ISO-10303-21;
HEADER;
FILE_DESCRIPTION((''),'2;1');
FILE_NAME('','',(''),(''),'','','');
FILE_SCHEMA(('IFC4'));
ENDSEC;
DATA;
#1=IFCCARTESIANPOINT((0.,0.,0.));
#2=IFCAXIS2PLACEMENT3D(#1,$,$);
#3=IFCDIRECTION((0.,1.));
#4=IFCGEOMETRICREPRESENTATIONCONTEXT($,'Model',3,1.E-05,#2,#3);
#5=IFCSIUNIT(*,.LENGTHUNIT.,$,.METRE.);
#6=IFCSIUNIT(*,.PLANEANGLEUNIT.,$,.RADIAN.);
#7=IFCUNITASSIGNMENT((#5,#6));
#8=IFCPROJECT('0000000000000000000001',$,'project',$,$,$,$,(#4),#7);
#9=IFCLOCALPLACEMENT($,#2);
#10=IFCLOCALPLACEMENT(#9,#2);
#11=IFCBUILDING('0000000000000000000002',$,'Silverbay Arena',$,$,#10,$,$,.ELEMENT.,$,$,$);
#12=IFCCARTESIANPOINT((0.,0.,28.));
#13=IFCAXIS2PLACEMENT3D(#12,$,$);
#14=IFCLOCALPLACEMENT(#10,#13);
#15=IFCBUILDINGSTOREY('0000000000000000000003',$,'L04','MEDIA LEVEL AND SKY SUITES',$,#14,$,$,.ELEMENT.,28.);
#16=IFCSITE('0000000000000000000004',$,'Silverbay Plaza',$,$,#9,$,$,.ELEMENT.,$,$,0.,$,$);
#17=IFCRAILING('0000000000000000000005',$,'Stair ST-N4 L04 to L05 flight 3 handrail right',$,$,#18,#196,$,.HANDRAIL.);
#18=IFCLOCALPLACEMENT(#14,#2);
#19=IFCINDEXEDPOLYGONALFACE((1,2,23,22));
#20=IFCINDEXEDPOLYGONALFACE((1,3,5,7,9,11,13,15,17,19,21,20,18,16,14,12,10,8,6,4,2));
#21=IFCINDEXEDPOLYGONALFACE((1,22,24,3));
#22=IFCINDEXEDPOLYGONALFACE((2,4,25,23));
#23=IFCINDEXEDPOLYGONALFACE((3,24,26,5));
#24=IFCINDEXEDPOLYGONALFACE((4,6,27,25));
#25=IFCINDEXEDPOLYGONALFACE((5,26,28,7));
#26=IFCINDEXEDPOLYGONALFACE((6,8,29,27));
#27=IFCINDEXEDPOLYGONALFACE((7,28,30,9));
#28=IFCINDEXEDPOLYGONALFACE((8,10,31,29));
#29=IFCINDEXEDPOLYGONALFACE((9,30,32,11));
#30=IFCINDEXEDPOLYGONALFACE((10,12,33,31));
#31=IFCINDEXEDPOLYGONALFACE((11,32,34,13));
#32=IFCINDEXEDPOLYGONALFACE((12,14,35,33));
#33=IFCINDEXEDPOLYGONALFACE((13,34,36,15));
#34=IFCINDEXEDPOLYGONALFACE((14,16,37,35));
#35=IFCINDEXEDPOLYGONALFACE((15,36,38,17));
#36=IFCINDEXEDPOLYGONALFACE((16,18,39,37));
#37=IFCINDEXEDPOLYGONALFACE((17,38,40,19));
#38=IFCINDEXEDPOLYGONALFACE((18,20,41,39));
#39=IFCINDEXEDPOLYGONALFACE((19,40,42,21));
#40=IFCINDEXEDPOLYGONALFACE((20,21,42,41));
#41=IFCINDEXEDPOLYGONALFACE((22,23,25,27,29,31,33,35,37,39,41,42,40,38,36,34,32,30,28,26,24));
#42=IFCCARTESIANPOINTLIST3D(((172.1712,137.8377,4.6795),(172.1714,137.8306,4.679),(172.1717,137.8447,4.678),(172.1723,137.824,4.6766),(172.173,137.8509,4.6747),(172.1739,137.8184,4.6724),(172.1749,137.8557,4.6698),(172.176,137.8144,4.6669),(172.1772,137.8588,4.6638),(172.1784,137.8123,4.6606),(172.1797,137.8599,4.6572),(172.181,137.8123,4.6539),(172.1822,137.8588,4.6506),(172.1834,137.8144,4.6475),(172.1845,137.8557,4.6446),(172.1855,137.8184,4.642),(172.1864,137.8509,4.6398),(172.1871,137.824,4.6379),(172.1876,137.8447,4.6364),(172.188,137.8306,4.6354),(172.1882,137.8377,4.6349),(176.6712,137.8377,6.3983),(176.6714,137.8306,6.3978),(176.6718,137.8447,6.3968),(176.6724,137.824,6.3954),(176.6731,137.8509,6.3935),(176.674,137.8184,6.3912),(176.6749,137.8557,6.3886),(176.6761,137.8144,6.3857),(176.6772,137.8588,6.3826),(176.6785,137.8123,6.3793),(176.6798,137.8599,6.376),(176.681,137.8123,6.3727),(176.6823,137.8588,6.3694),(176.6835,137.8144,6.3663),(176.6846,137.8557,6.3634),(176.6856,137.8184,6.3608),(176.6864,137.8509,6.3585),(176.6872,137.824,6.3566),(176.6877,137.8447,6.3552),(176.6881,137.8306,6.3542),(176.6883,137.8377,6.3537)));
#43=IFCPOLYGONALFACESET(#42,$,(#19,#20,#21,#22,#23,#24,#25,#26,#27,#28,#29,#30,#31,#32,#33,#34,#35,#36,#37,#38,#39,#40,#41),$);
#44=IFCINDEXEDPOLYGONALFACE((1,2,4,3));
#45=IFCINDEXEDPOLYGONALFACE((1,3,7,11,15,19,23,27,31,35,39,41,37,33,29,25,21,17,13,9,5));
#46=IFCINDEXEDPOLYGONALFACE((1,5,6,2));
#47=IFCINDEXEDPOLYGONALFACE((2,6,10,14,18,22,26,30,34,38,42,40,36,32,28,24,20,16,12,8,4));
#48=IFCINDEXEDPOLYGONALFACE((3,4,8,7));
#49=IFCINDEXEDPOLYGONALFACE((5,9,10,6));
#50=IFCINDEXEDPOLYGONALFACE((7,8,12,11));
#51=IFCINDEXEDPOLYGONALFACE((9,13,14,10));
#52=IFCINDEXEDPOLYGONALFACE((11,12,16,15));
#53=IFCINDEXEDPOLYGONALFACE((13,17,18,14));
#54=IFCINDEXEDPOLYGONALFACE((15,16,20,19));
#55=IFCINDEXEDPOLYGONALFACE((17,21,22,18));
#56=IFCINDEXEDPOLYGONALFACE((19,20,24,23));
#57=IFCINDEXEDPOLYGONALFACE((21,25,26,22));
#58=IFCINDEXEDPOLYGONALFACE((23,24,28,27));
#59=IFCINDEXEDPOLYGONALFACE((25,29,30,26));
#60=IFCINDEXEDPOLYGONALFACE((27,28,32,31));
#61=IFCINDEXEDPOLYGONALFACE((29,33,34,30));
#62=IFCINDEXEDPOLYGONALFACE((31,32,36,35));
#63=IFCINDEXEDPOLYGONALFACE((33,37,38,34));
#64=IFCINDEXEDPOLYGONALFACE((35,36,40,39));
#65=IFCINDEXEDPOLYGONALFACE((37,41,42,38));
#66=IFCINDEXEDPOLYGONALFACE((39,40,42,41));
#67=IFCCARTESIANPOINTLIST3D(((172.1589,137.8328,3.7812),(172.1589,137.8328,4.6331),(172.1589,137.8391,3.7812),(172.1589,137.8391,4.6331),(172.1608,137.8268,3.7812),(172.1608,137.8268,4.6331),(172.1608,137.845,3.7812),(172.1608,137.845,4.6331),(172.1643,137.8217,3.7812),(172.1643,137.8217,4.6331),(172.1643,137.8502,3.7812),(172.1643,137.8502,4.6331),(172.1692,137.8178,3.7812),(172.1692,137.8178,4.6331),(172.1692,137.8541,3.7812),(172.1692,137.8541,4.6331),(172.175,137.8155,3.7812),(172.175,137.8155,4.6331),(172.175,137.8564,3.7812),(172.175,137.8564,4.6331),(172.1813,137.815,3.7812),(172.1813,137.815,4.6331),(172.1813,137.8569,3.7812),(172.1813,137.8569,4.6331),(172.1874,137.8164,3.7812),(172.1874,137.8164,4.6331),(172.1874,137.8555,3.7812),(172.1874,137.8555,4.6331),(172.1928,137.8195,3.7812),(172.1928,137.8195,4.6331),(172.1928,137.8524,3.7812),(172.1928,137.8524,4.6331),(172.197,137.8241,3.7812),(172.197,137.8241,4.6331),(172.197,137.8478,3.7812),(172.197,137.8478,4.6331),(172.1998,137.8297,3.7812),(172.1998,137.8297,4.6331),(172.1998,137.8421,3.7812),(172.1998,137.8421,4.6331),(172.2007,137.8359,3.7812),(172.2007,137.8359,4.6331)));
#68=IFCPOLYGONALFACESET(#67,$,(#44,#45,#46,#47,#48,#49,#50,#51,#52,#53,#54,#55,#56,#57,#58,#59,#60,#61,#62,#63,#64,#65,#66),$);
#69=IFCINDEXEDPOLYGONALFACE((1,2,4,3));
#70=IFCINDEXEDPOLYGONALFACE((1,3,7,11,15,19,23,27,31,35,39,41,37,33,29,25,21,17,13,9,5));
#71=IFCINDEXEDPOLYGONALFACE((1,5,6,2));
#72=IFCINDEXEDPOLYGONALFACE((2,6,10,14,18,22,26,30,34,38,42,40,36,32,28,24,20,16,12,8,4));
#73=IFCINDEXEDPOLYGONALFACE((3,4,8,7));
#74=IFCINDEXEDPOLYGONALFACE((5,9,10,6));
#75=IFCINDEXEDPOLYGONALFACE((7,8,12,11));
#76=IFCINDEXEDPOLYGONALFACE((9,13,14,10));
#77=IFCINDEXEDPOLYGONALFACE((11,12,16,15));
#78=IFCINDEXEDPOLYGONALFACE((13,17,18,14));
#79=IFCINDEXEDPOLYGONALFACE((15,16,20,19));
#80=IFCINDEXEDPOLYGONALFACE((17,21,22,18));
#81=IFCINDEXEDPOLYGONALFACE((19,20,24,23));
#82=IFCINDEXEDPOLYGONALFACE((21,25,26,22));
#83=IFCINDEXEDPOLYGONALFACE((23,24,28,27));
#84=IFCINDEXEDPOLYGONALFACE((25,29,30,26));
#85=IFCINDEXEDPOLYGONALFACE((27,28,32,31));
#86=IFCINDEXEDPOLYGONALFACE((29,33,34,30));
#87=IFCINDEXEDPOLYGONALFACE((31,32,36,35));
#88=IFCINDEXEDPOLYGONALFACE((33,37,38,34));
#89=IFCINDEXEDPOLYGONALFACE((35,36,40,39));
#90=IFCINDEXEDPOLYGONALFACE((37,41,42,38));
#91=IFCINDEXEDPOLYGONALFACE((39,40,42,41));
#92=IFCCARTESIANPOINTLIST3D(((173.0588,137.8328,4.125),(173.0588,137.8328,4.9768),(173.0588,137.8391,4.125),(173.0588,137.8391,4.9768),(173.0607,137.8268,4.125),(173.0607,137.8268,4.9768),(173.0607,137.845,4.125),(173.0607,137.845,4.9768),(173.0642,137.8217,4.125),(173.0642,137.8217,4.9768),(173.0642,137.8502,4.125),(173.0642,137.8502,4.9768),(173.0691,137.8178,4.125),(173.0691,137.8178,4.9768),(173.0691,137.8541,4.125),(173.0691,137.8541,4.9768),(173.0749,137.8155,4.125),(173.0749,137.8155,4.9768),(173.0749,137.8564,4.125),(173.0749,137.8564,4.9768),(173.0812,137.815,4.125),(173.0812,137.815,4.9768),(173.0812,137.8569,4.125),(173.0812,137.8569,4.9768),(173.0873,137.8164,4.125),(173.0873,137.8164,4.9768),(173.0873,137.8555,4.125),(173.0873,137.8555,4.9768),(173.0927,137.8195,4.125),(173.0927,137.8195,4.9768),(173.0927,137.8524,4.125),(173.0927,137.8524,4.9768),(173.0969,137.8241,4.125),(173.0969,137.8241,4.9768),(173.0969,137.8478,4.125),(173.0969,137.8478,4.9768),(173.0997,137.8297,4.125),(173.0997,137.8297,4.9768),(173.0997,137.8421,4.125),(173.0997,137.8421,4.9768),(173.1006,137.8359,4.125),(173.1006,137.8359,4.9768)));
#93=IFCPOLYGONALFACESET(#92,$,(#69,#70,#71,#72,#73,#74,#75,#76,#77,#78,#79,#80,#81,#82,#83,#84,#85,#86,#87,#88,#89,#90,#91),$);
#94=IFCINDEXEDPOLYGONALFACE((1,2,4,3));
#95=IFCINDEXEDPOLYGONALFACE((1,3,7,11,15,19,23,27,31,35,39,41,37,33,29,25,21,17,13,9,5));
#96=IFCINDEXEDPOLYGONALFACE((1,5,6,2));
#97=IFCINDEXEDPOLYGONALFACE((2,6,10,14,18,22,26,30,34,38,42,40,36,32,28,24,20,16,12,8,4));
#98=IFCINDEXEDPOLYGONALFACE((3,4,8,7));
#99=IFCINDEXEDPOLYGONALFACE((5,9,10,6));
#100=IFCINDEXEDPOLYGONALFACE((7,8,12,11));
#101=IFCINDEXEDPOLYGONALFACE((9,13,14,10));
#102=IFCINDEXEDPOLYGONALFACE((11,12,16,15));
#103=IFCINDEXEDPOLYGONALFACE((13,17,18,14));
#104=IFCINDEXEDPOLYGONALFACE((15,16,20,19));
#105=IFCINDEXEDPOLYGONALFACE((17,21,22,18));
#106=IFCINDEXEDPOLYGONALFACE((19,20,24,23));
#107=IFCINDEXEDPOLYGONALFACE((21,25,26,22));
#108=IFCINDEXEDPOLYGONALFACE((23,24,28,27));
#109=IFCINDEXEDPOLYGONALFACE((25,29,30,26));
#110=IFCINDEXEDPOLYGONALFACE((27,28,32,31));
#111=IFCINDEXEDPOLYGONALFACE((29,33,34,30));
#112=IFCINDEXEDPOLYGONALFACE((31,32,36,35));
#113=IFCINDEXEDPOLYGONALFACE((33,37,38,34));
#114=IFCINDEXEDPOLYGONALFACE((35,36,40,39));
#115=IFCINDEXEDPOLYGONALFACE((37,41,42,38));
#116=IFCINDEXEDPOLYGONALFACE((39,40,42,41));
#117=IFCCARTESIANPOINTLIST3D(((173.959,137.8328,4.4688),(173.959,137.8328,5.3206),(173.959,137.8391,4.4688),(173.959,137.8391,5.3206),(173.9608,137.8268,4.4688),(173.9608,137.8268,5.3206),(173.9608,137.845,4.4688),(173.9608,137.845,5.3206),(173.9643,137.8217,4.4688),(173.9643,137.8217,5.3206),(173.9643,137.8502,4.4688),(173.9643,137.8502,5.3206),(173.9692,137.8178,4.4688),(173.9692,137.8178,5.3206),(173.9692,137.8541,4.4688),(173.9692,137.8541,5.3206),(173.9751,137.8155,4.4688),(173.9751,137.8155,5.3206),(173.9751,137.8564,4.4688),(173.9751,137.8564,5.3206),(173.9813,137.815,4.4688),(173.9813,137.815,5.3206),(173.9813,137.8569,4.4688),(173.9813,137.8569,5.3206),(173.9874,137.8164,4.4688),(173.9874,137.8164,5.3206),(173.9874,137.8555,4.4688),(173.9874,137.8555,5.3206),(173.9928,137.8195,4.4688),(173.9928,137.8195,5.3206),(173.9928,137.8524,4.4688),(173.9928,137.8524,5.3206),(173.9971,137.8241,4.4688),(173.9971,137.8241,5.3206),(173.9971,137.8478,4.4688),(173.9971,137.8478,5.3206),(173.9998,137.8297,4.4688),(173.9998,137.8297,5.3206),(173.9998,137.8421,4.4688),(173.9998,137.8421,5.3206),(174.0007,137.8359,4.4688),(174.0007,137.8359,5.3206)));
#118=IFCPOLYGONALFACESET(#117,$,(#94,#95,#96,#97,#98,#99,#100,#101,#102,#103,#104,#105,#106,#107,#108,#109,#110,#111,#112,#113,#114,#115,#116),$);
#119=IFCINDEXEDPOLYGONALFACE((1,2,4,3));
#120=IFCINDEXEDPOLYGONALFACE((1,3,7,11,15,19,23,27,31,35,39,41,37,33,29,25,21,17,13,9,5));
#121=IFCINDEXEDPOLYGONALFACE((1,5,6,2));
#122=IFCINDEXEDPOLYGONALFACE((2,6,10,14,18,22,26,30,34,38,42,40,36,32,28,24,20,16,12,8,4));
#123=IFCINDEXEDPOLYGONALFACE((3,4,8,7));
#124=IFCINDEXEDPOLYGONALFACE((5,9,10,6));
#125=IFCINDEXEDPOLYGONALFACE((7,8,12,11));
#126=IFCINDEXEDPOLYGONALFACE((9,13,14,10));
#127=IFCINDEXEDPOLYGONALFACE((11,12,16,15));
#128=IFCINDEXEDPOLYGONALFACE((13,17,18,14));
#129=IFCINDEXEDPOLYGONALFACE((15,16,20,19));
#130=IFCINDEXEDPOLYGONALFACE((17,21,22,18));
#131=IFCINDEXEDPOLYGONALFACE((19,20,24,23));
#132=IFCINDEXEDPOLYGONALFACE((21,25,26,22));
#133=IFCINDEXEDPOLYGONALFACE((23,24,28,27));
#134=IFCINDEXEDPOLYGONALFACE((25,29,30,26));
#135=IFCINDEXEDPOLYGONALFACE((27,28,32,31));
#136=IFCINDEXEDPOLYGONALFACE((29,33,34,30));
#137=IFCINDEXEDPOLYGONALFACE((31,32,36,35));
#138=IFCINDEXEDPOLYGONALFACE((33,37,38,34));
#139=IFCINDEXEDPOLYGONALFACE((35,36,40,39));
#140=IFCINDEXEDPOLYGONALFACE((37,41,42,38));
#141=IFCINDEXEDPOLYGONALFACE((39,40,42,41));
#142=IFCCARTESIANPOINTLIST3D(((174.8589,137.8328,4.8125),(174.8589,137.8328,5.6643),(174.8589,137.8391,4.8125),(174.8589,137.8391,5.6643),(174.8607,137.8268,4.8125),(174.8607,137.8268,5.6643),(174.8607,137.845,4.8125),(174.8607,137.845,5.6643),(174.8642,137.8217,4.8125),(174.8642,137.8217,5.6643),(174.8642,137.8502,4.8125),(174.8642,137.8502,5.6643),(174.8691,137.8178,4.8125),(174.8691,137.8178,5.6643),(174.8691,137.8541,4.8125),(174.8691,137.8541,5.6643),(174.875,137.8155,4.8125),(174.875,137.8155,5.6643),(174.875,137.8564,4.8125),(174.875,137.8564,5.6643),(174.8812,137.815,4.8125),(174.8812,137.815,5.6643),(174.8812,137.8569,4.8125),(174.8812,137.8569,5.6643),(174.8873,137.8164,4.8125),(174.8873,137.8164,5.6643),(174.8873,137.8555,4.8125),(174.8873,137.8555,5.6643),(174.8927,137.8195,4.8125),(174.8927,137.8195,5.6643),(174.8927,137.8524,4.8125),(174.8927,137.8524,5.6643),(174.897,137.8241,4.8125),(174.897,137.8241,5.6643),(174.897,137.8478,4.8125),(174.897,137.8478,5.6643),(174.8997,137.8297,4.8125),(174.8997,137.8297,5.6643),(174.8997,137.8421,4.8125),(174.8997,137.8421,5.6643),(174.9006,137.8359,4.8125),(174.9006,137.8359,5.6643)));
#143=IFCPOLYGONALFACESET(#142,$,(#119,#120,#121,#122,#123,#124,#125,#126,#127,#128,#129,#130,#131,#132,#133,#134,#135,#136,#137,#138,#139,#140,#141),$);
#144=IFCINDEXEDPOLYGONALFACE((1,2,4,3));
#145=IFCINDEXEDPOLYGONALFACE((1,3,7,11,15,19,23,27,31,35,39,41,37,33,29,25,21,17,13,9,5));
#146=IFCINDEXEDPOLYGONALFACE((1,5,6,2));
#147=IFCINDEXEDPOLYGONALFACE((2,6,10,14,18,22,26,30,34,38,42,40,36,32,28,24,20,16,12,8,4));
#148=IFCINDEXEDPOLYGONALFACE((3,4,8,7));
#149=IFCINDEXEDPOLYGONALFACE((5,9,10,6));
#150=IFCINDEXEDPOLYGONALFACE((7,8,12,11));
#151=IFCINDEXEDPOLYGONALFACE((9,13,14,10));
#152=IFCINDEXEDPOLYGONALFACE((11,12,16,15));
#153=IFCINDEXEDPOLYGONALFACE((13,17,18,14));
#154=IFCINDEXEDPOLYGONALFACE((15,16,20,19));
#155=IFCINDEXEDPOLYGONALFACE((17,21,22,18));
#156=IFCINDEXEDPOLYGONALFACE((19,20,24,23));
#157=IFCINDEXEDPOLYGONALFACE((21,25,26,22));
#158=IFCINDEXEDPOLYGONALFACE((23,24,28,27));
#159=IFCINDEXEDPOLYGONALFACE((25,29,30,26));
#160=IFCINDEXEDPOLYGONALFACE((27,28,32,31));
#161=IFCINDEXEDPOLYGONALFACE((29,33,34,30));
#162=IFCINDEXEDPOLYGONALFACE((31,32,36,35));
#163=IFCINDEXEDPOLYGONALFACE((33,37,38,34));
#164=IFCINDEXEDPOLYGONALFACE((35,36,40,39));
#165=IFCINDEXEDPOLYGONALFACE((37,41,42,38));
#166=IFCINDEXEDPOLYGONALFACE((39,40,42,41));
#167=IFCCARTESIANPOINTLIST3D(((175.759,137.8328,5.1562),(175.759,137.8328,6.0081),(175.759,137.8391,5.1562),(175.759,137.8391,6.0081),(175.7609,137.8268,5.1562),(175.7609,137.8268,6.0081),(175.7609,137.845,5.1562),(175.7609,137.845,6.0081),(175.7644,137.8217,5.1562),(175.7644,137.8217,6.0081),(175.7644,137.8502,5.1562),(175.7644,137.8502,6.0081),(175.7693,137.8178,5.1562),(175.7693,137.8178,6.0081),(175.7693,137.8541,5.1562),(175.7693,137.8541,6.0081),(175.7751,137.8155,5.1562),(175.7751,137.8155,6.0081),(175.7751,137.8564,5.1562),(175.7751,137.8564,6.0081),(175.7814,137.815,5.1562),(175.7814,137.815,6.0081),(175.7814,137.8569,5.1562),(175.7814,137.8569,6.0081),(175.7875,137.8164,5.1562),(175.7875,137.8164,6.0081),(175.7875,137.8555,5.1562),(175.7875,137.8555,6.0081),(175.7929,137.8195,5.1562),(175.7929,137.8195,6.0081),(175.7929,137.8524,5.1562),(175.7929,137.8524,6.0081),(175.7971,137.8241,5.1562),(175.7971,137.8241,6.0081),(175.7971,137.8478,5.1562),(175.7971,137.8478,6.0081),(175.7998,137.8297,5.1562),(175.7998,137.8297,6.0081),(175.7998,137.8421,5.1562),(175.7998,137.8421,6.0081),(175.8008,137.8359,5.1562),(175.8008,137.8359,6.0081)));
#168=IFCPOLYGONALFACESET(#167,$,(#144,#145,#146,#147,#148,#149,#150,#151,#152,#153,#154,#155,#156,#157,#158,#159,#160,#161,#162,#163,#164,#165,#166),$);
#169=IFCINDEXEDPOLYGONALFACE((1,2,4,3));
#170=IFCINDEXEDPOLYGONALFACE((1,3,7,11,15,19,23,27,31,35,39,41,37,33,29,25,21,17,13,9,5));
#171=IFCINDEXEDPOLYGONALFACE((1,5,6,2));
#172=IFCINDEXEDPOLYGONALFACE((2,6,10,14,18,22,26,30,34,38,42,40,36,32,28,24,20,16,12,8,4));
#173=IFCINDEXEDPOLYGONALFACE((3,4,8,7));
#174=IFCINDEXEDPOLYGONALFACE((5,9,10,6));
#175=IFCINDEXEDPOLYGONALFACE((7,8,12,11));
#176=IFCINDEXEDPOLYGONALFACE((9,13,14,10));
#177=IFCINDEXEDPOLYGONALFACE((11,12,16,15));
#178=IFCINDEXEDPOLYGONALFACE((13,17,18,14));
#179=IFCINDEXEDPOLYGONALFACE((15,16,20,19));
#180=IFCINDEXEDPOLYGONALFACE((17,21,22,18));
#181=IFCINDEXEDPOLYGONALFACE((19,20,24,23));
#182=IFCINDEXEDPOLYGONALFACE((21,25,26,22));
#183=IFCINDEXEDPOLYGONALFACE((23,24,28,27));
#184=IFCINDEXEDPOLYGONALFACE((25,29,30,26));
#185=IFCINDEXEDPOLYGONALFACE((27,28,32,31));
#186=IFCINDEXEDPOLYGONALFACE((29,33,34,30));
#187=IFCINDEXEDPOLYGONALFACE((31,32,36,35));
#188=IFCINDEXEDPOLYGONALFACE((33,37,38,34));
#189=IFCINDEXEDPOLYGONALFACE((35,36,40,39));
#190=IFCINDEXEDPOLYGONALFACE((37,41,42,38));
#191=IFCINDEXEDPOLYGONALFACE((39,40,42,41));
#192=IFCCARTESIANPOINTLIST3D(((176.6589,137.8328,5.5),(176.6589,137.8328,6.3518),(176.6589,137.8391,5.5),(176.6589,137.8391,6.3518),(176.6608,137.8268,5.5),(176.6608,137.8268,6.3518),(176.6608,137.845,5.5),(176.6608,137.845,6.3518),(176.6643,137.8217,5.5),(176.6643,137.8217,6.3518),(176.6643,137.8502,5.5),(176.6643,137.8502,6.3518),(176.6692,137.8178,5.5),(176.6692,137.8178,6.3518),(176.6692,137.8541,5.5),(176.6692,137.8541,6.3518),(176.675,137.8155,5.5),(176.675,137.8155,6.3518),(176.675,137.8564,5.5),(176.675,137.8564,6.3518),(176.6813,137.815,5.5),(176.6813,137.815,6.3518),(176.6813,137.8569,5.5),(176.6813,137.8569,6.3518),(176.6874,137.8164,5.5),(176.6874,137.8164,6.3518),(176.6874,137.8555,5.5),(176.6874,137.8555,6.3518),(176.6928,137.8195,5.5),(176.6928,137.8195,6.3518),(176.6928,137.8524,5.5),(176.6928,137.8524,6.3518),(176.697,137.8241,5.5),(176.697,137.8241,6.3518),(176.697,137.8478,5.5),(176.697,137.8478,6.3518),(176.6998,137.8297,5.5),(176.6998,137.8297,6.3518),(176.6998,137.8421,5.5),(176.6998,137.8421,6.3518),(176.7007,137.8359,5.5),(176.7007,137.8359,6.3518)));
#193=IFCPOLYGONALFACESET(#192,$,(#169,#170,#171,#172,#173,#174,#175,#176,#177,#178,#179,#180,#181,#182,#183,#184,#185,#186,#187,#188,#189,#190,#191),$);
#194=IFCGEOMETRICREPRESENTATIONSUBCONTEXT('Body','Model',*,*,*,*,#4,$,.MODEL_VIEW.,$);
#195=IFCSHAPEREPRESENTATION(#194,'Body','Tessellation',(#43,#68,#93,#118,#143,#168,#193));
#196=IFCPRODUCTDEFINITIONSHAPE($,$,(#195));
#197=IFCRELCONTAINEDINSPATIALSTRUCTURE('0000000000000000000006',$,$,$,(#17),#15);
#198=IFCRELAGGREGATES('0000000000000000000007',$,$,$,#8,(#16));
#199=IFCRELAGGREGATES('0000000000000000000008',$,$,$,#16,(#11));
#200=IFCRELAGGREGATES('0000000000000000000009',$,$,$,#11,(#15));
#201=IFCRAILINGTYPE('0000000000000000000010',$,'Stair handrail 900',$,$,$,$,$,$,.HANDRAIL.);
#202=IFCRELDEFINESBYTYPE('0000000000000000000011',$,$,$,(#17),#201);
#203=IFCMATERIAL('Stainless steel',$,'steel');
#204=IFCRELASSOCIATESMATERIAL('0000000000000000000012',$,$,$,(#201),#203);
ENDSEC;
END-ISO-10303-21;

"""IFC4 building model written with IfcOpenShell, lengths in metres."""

from ifc_helpers import new_model, si_unit, direction, frame, origin, origin_2d, place, context, subcontext, project, spatial, circle, extrude, material, type_object, element, save


model = new_model("IFC4")

# Units and contexts
model_context = context("Model", 3, precision=1e-05, world=origin(), true_north=direction((0.0, 1.0)))
body_context = subcontext(model_context, "Body", "Model", "MODEL_VIEW")
ifc_project = project(units=[si_unit("LENGTHUNIT", "METRE"), si_unit("PLANEANGLEUNIT", "RADIAN")], contexts=[model_context])

# Site, building, storey
site_placement = place(None, origin())
site = spatial("IfcSite", under=ifc_project, at=site_placement, Name="Silverbay Plaza", CompositionType="ELEMENT", RefElevation=0.0)
building_placement = place(site_placement, origin())
building = spatial("IfcBuilding", under=site, at=building_placement, Name="Silverbay Arena", CompositionType="ELEMENT")
storey_placement = place(building_placement, frame((0.0, 0.0, 28.0)))
storey = spatial("IfcBuildingStorey", under=building, at=storey_placement, Name="L04", Description="MEDIA LEVEL AND SKY SUITES", CompositionType="ELEMENT", Elevation=28.0)

# Railing
ifc_material_1 = material(Name="Stainless steel", Category="steel")
railing_type_1 = type_object("IfcRailingType", Name="Stair handrail 900", PredefinedType="HANDRAIL", material=ifc_material_1)
railing_1_placement = place(storey_placement, frame((172.1797, 137.8359, 3.7812)))
element("IfcRailing", 1, at=railing_1_placement, inside=storey, type_object=railing_type_1, Name="Stair ST-N4 L04 to L05 flight 3 handrail right", PredefinedType="HANDRAIL", context=body_context, shape_type="SweptSolid", body=[
    extrude(circle(Radius=0.0239, at=origin_2d()), frame((0.0, 0.0, 0.876), z_axis=(0.934179, 0.0, 0.356805), x_axis=(0.0, 1.0, 0.0)), (0.0, 0.0, 1.0), 4.8171),
    extrude(circle(Radius=0.021, at=origin_2d()), origin(), (0.0, 0.0, 1.0), 0.8518),
    extrude(circle(Radius=0.021, at=origin_2d()), frame((0.8999, 0.0, 0.3438)), (0.0, 0.0, 1.0), 0.8518),
    extrude(circle(Radius=0.021, at=origin_2d()), frame((1.8, 0.0, 0.6875)), (0.0, 0.0, 1.0), 0.8518),
    extrude(circle(Radius=0.021, at=origin_2d()), frame((2.7, 0.0, 1.0312)), (0.0, 0.0, 1.0), 0.8518),
    extrude(circle(Radius=0.021, at=origin_2d()), frame((3.6001, 0.0, 1.375)), (0.0, 0.0, 1.0), 0.8518),
    extrude(circle(Radius=0.021, at=origin_2d()), frame((4.5, 0.0, 1.7188)), (0.0, 0.0, 1.0), 0.8518),
])

save(model, "model.ifc")
